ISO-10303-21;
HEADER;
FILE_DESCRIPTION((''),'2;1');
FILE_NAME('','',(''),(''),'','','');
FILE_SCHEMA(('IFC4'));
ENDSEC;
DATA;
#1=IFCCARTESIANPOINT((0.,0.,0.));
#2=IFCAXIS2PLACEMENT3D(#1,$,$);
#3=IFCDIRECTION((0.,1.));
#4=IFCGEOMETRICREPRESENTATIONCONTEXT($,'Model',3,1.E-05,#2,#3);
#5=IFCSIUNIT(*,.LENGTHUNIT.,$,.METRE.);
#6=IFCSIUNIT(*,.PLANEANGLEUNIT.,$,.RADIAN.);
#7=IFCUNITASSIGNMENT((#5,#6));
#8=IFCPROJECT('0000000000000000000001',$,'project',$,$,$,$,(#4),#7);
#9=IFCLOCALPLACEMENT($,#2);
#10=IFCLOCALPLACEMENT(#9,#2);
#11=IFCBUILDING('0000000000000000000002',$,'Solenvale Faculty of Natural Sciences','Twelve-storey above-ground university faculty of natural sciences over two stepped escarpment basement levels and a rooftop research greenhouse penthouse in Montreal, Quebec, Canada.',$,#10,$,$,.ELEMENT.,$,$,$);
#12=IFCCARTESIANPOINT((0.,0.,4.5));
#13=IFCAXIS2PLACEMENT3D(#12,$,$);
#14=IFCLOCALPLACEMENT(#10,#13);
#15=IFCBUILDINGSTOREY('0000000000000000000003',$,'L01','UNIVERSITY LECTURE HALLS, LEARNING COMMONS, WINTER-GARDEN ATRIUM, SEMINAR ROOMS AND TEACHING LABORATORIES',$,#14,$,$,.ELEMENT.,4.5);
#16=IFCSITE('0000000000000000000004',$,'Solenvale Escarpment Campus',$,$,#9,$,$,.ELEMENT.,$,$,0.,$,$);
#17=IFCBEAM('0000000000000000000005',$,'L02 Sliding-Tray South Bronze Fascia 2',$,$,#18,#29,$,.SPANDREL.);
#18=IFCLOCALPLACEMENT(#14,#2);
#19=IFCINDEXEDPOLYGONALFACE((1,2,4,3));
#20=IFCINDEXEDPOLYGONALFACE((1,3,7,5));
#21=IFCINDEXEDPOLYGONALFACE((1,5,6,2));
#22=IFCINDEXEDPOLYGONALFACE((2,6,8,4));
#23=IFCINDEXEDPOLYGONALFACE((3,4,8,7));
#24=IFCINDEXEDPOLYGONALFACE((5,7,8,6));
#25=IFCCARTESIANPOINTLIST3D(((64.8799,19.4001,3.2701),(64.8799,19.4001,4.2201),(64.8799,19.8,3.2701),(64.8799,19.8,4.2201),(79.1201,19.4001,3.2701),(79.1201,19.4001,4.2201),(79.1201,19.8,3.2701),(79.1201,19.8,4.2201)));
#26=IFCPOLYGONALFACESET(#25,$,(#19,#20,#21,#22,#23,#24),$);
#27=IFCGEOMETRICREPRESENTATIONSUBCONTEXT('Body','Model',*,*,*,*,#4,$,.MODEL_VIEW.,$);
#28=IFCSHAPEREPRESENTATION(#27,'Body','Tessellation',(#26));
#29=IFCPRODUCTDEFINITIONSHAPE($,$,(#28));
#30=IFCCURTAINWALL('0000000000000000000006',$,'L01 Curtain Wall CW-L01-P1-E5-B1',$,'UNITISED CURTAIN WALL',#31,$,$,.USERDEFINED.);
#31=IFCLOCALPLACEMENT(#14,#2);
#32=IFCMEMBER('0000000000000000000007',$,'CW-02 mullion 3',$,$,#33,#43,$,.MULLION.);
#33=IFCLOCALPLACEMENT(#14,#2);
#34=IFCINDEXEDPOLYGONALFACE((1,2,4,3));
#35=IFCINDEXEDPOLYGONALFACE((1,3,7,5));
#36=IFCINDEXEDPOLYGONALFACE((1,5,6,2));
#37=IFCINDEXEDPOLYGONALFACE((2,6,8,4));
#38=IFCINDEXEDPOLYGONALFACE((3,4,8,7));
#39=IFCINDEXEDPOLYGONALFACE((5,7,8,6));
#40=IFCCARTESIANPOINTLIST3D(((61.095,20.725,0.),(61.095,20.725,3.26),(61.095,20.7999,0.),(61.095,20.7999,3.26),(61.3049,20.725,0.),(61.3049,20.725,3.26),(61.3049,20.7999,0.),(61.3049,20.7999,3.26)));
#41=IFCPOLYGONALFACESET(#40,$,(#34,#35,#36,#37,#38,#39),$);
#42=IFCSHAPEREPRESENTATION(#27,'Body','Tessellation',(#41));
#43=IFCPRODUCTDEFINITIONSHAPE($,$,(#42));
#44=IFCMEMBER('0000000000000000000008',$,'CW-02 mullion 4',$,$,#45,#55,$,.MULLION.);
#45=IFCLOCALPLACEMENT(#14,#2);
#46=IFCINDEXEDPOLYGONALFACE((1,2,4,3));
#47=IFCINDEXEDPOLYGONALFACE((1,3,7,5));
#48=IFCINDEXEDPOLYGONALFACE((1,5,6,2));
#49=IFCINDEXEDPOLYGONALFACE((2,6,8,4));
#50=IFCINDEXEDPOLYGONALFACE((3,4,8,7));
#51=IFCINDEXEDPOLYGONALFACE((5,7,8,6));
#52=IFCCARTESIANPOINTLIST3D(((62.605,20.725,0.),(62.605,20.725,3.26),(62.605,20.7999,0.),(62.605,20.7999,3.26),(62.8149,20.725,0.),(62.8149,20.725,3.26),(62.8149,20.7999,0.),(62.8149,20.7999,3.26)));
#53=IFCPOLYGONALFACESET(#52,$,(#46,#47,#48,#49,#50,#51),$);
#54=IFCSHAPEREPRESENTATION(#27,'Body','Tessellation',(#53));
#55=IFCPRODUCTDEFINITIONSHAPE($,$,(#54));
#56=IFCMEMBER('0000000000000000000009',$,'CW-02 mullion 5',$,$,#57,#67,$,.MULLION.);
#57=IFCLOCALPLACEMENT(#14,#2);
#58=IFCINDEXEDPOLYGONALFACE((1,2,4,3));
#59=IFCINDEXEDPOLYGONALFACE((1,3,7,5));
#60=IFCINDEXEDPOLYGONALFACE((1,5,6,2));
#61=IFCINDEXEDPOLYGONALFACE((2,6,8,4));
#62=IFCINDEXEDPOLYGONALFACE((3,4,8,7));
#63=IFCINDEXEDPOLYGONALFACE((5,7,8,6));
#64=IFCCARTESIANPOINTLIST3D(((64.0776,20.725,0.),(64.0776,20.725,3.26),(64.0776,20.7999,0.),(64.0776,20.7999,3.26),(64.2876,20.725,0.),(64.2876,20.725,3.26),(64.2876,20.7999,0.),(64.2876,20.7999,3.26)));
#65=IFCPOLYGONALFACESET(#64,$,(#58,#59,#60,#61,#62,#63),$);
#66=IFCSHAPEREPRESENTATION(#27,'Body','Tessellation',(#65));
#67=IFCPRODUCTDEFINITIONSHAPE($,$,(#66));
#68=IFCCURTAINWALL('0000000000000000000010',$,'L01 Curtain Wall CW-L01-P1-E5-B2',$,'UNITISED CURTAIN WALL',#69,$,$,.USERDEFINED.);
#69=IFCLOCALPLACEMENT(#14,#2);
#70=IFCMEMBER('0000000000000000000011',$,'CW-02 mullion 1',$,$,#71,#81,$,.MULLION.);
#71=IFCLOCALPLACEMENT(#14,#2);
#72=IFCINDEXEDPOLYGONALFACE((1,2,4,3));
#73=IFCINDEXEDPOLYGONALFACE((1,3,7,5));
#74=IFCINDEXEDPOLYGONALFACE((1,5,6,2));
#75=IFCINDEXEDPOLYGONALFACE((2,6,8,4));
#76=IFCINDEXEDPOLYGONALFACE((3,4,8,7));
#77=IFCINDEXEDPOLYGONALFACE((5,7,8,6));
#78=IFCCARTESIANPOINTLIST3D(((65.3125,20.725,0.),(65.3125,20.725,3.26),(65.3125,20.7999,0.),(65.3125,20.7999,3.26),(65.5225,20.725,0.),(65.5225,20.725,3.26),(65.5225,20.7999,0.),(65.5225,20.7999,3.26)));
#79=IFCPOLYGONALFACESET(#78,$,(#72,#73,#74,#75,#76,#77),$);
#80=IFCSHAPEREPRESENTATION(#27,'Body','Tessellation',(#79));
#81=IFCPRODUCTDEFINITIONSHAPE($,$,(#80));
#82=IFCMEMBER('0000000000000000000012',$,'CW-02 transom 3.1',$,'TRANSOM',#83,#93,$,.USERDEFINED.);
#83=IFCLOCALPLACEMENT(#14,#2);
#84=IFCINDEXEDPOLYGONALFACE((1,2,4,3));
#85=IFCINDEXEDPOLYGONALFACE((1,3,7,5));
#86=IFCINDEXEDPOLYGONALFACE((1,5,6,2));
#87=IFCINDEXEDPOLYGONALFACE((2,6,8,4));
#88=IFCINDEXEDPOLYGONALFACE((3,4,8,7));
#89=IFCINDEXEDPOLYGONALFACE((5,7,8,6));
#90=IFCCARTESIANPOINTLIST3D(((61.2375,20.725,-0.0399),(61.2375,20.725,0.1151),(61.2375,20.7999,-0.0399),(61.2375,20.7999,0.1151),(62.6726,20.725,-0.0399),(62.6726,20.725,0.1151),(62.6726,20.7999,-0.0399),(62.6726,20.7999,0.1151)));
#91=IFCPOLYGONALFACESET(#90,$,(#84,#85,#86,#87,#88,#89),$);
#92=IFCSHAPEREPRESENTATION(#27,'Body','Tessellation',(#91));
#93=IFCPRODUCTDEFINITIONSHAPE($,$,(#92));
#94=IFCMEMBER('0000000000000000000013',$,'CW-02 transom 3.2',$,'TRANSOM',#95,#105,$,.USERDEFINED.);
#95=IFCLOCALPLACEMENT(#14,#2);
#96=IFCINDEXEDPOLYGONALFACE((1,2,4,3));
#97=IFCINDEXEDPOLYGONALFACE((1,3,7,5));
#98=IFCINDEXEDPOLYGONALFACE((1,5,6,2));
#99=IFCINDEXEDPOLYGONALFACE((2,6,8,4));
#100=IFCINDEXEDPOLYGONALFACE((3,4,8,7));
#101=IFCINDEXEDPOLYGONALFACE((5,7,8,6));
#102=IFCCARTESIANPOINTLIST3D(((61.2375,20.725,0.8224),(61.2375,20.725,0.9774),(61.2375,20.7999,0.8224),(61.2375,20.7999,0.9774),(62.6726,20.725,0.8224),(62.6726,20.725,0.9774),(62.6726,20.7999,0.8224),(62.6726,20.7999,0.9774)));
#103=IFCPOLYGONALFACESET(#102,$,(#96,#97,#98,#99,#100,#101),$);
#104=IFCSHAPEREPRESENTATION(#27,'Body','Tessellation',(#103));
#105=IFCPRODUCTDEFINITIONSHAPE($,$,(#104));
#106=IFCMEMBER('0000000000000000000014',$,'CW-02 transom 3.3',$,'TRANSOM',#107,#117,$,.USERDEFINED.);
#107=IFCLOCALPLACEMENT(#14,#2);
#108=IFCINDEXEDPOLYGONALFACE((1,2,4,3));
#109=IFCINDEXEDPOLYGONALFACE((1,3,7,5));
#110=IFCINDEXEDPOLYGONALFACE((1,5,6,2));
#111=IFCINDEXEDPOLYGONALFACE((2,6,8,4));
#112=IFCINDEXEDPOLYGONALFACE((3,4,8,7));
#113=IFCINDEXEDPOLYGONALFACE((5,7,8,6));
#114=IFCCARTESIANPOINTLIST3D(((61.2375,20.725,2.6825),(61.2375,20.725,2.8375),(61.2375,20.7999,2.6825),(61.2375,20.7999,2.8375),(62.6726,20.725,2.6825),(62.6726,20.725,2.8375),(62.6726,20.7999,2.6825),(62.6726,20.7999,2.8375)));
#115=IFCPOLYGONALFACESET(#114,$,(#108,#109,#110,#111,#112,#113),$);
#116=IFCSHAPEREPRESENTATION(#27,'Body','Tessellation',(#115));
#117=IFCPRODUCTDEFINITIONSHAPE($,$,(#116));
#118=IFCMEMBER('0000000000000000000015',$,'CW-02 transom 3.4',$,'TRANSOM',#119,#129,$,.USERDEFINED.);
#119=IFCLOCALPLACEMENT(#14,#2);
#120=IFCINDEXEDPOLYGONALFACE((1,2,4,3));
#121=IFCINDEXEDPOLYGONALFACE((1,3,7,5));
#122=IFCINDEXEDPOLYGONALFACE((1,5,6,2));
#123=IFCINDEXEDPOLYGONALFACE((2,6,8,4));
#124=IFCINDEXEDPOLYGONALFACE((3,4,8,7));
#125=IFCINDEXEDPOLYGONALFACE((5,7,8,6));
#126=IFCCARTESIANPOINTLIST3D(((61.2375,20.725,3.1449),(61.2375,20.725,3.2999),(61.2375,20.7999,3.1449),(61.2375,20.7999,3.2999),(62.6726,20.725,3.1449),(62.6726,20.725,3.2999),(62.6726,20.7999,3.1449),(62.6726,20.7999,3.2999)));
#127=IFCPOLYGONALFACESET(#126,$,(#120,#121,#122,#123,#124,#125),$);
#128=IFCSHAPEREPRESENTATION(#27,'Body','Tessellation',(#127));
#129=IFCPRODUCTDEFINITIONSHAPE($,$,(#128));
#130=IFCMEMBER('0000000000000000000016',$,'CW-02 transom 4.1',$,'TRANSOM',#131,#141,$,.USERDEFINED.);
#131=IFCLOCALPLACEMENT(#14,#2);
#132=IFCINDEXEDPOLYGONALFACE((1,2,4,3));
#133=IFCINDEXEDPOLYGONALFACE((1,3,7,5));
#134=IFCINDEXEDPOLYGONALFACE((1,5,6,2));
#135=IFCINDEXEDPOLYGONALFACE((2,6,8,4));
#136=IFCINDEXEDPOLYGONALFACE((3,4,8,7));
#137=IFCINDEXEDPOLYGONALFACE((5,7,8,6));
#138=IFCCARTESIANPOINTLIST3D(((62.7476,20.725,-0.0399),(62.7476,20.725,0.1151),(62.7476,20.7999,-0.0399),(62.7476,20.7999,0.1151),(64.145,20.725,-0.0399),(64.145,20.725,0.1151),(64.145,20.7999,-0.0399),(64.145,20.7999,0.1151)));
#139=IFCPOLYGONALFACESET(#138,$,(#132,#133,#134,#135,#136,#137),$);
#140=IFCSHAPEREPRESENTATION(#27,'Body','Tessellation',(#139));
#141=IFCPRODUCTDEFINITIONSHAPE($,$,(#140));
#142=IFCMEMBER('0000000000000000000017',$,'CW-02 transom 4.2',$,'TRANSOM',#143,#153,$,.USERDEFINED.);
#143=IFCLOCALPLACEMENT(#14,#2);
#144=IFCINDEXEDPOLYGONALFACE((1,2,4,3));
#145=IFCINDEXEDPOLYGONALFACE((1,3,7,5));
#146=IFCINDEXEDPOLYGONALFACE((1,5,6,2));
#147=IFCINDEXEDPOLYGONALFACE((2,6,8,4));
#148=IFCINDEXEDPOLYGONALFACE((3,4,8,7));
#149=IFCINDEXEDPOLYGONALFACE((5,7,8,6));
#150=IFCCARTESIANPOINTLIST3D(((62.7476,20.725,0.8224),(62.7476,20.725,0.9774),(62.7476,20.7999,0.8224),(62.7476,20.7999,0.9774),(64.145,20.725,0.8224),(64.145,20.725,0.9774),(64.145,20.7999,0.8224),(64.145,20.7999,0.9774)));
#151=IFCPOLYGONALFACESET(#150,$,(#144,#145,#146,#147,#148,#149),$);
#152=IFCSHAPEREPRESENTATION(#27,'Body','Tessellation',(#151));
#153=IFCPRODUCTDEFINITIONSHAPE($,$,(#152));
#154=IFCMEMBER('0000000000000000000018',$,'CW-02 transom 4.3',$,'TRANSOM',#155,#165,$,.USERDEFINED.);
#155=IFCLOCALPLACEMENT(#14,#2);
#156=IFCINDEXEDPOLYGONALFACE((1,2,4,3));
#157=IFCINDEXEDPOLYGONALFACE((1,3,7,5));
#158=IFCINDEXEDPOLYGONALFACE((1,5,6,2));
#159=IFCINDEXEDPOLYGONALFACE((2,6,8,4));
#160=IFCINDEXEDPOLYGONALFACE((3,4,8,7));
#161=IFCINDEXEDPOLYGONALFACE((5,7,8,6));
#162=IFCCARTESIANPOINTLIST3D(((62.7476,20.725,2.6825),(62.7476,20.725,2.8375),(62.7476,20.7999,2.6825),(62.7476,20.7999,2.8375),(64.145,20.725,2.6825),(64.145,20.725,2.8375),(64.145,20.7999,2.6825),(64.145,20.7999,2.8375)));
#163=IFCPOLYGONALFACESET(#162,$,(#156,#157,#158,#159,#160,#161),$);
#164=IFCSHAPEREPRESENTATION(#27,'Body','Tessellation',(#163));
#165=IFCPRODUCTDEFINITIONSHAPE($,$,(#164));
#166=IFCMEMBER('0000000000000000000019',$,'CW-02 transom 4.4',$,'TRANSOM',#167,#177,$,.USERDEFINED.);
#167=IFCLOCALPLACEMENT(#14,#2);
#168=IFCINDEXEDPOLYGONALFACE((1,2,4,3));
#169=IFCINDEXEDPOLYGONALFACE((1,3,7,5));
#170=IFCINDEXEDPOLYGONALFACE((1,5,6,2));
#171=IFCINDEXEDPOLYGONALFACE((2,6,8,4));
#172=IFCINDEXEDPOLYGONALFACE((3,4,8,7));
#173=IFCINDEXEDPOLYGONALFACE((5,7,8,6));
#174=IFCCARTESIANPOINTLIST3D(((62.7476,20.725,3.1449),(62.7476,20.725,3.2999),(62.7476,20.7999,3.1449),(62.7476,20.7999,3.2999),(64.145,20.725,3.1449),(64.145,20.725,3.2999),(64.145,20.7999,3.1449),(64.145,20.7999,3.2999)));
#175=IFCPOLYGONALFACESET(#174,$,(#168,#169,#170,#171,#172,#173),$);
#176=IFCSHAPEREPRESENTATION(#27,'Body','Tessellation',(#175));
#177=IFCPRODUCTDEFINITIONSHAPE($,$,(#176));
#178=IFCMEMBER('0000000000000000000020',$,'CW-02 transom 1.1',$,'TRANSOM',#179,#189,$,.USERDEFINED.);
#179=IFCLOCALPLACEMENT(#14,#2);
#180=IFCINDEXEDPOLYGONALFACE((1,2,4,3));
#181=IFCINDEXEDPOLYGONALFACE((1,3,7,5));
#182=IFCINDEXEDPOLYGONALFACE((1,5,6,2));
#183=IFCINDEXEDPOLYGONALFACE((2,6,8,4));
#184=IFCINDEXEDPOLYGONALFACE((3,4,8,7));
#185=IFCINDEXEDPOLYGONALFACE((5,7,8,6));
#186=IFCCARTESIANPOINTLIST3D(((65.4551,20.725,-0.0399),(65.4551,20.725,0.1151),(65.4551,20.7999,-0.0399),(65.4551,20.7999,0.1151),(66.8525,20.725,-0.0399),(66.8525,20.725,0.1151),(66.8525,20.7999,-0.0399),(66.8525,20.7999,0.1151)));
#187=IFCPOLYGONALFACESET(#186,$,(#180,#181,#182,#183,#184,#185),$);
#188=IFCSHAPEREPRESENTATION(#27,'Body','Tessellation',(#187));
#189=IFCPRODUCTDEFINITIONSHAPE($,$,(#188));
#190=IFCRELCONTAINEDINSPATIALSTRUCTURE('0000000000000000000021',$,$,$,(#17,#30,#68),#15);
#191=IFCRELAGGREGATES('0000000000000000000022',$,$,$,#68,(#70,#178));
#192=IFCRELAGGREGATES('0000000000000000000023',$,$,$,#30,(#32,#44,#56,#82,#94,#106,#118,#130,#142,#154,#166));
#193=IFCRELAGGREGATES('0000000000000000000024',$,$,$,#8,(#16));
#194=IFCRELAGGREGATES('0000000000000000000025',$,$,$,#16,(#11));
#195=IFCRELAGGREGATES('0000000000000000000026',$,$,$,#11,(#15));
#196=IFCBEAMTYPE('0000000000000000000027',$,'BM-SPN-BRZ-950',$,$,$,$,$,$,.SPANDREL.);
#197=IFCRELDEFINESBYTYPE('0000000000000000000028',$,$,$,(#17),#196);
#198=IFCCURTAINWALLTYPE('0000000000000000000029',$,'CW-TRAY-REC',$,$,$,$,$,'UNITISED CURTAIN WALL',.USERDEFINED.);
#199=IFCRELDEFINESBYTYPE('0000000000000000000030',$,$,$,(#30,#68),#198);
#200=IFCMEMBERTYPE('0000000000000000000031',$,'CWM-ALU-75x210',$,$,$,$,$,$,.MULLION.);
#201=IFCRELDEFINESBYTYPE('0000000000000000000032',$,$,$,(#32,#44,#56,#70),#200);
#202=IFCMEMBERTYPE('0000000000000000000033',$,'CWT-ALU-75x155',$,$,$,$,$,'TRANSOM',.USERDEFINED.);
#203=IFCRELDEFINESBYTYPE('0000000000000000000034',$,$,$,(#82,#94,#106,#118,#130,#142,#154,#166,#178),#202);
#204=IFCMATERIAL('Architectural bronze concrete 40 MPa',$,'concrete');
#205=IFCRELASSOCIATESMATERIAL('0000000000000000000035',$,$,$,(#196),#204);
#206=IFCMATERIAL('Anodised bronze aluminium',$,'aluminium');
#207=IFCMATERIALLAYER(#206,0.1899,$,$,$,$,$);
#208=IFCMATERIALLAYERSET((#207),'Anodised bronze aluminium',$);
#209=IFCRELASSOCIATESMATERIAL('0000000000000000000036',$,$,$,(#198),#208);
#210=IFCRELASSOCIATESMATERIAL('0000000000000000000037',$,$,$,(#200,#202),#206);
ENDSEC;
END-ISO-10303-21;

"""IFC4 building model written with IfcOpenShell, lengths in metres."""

from ifc_helpers import new_model, si_unit, direction, frame, origin, origin_2d, place, context, subcontext, project, spatial, rectangle, extrude, material, layer, layer_set, material_profile, profile_set, type_object, element, aggregate, save


model = new_model("IFC4")

# Units and contexts
model_context = context("Model", 3, precision=1e-05, world=origin(), true_north=direction((0.0, 1.0)))
body_context = subcontext(model_context, "Body", "Model", "MODEL_VIEW")
ifc_project = project(units=[si_unit("LENGTHUNIT", "METRE"), si_unit("PLANEANGLEUNIT", "RADIAN")], contexts=[model_context])

# Site, building, storey
site_placement = place(None, origin())
site = spatial("IfcSite", under=ifc_project, at=site_placement, Name="Solenvale Escarpment Campus", CompositionType="ELEMENT", RefElevation=0.0)
building_placement = place(site_placement, origin())
building = spatial("IfcBuilding", under=site, at=building_placement, Name="Solenvale Faculty of Natural Sciences", Description="Twelve-storey above-ground university faculty of natural sciences over two stepped escarpment basement levels and a rooftop research greenhouse penthouse in Montreal, Quebec, Canada.", CompositionType="ELEMENT")
storey_placement = place(building_placement, frame((0.0, 0.0, 4.5)))
storey = spatial("IfcBuildingStorey", under=building, at=storey_placement, Name="L01", Description="UNIVERSITY LECTURE HALLS, LEARNING COMMONS, WINTER-GARDEN ATRIUM, SEMINAR ROOMS AND TEACHING LABORATORIES", CompositionType="ELEMENT", Elevation=4.5)

# Beam
ifc_material_1 = material(Name="Architectural bronze concrete 40 MPa", Category="concrete")
ifc_material_profile_1 = material_profile(ifc_material_1, rectangle(XDim=0.3999, YDim=0.95, at=origin_2d()), Name="RC-SPN-400x950")
ifc_profile_set_1 = profile_set([ifc_material_profile_1], Name="Architectural bronze concrete 40 MPa")
beam_type = type_object("IfcBeamType", Name="BM-SPN-BRZ-950", PredefinedType="SPANDREL", material=ifc_profile_set_1)
beam_placement = place(storey_placement, frame((64.8799, 19.6001, 3.7451), z_axis=(1.0, 0.0, 0.0), x_axis=(0.0, 1.0, 0.0)))
element("IfcBeam", 1, at=beam_placement, inside=storey, type_object=beam_type, Name="L02 Sliding-Tray South Bronze Fascia 2", PredefinedType="SPANDREL", context=body_context, shape_type="SweptSolid", body=[
    extrude(rectangle(XDim=0.3999, YDim=0.95, at=origin_2d()), origin(), (0.0, 0.0, 1.0), 14.2402),
])

# Curtain wall, members
ifc_material_2 = material(Name="Anodised bronze aluminium", Category="aluminium")
ifc_layer_1 = layer(ifc_material_2, 0.1899)
ifc_layer_set_1 = layer_set([ifc_layer_1], Name="Anodised bronze aluminium")
curtain_wall_type = type_object("IfcCurtainWallType", Name="CW-TRAY-REC", ElementType="UNITISED CURTAIN WALL", PredefinedType="USERDEFINED", material=ifc_layer_set_1)
curtain_wall_1_placement = place(storey_placement, origin())
curtain_wall_1 = element("IfcCurtainWall", 2, at=curtain_wall_1_placement, inside=storey, type_object=curtain_wall_type, Name="L01 Curtain Wall CW-L01-P1-E5-B1", ObjectType="UNITISED CURTAIN WALL", PredefinedType="USERDEFINED")
ifc_material_profile_2 = material_profile(ifc_material_2, rectangle(XDim=0.075, YDim=0.21, at=origin_2d()), Name="ALU-MUL-75x210")
ifc_profile_set_2 = profile_set([ifc_material_profile_2], Name="Anodised bronze aluminium")
member_type_1 = type_object("IfcMemberType", Name="CWM-ALU-75x210", PredefinedType="MULLION", material=ifc_profile_set_2)
member_1_placement = place(storey_placement, frame((61.2, 20.7625, 0.0), z_axis=(0.0, 0.0, 1.0), x_axis=(0.0, 1.0, 0.0)))
member_1 = element("IfcMember", 3, at=member_1_placement, type_object=member_type_1, Name="CW-02 mullion 3", PredefinedType="MULLION", context=body_context, shape_type="SweptSolid", body=[
    extrude(rectangle(XDim=0.075, YDim=0.21, at=origin_2d()), origin(), (0.0, 0.0, 1.0), 3.26),
])
member_2_placement = place(storey_placement, frame((62.71, 20.7625, 0.0), z_axis=(0.0, 0.0, 1.0), x_axis=(0.0, 1.0, 0.0)))
member_2 = element("IfcMember", 4, at=member_2_placement, type_object=member_type_1, Name="CW-02 mullion 4", PredefinedType="MULLION", context=body_context, shape_type="SweptSolid", body=[
    extrude(rectangle(XDim=0.075, YDim=0.21, at=origin_2d()), origin(), (0.0, 0.0, 1.0), 3.26),
])
member_3_placement = place(storey_placement, frame((64.1826, 20.7625, 0.0), z_axis=(0.0, 0.0, 1.0), x_axis=(0.0, 1.0, 0.0)))
member_3 = element("IfcMember", 5, at=member_3_placement, type_object=member_type_1, Name="CW-02 mullion 5", PredefinedType="MULLION", context=body_context, shape_type="SweptSolid", body=[
    extrude(rectangle(XDim=0.075, YDim=0.21, at=origin_2d()), origin(), (0.0, 0.0, 1.0), 3.26),
])

# Curtain wall, member
curtain_wall_2_placement = place(storey_placement, origin())
curtain_wall_2 = element("IfcCurtainWall", 6, at=curtain_wall_2_placement, inside=storey, type_object=curtain_wall_type, Name="L01 Curtain Wall CW-L01-P1-E5-B2", ObjectType="UNITISED CURTAIN WALL", PredefinedType="USERDEFINED")
member_4_placement = place(storey_placement, frame((65.4175, 20.7625, 0.0), z_axis=(0.0, 0.0, 1.0), x_axis=(0.0, 1.0, 0.0)))
member_4 = element("IfcMember", 7, at=member_4_placement, type_object=member_type_1, Name="CW-02 mullion 1", PredefinedType="MULLION", context=body_context, shape_type="SweptSolid", body=[
    extrude(rectangle(XDim=0.075, YDim=0.21, at=origin_2d()), origin(), (0.0, 0.0, 1.0), 3.26),
])

# Members
ifc_material_profile_3 = material_profile(ifc_material_2, rectangle(XDim=0.075, YDim=0.155, at=origin_2d()), Name="ALU-TRN-75x155")
ifc_profile_set_3 = profile_set([ifc_material_profile_3], Name="Anodised bronze aluminium")
member_type_2 = type_object("IfcMemberType", Name="CWT-ALU-75x155", ElementType="TRANSOM", PredefinedType="USERDEFINED", material=ifc_profile_set_3)
member_5_placement = place(storey_placement, frame((61.2375, 20.7625, 0.0376), z_axis=(1.0, 0.0, 0.0), x_axis=(0.0, 1.0, 0.0)))
member_5 = element("IfcMember", 8, at=member_5_placement, type_object=member_type_2, Name="CW-02 transom 3.1", ObjectType="TRANSOM", PredefinedType="USERDEFINED", context=body_context, shape_type="SweptSolid", body=[
    extrude(rectangle(XDim=0.075, YDim=0.155, at=origin_2d()), origin(), (0.0, 0.0, 1.0), 1.4351),
])
member_6_placement = place(storey_placement, frame((61.2375, 20.7625, 0.8999), z_axis=(1.0, 0.0, 0.0), x_axis=(0.0, 1.0, 0.0)))
member_6 = element("IfcMember", 9, at=member_6_placement, type_object=member_type_2, Name="CW-02 transom 3.2", ObjectType="TRANSOM", PredefinedType="USERDEFINED", context=body_context, shape_type="SweptSolid", body=[
    extrude(rectangle(XDim=0.075, YDim=0.155, at=origin_2d()), origin(), (0.0, 0.0, 1.0), 1.4351),
])
member_7_placement = place(storey_placement, frame((61.2375, 20.7625, 2.76), z_axis=(1.0, 0.0, 0.0), x_axis=(0.0, 1.0, 0.0)))
member_7 = element("IfcMember", 10, at=member_7_placement, type_object=member_type_2, Name="CW-02 transom 3.3", ObjectType="TRANSOM", PredefinedType="USERDEFINED", context=body_context, shape_type="SweptSolid", body=[
    extrude(rectangle(XDim=0.075, YDim=0.155, at=origin_2d()), origin(), (0.0, 0.0, 1.0), 1.4351),
])
member_8_placement = place(storey_placement, frame((61.2375, 20.7625, 3.2224), z_axis=(1.0, 0.0, 0.0), x_axis=(0.0, 1.0, 0.0)))
member_8 = element("IfcMember", 11, at=member_8_placement, type_object=member_type_2, Name="CW-02 transom 3.4", ObjectType="TRANSOM", PredefinedType="USERDEFINED", context=body_context, shape_type="SweptSolid", body=[
    extrude(rectangle(XDim=0.075, YDim=0.155, at=origin_2d()), origin(), (0.0, 0.0, 1.0), 1.4351),
])
member_9_placement = place(storey_placement, frame((62.7476, 20.7625, 0.0376), z_axis=(1.0, 0.0, 0.0), x_axis=(0.0, 1.0, 0.0)))
member_9 = element("IfcMember", 12, at=member_9_placement, type_object=member_type_2, Name="CW-02 transom 4.1", ObjectType="TRANSOM", PredefinedType="USERDEFINED", context=body_context, shape_type="SweptSolid", body=[
    extrude(rectangle(XDim=0.075, YDim=0.155, at=origin_2d()), origin(), (0.0, 0.0, 1.0), 1.3975),
])
member_10_placement = place(storey_placement, frame((62.7476, 20.7625, 0.8999), z_axis=(1.0, 0.0, 0.0), x_axis=(0.0, 1.0, 0.0)))
member_10 = element("IfcMember", 13, at=member_10_placement, type_object=member_type_2, Name="CW-02 transom 4.2", ObjectType="TRANSOM", PredefinedType="USERDEFINED", context=body_context, shape_type="SweptSolid", body=[
    extrude(rectangle(XDim=0.075, YDim=0.155, at=origin_2d()), origin(), (0.0, 0.0, 1.0), 1.3975),
])
member_11_placement = place(storey_placement, frame((62.7476, 20.7625, 2.76), z_axis=(1.0, 0.0, 0.0), x_axis=(0.0, 1.0, 0.0)))
member_11 = element("IfcMember", 14, at=member_11_placement, type_object=member_type_2, Name="CW-02 transom 4.3", ObjectType="TRANSOM", PredefinedType="USERDEFINED", context=body_context, shape_type="SweptSolid", body=[
    extrude(rectangle(XDim=0.075, YDim=0.155, at=origin_2d()), origin(), (0.0, 0.0, 1.0), 1.3975),
])
member_12_placement = place(storey_placement, frame((62.7476, 20.7625, 3.2224), z_axis=(1.0, 0.0, 0.0), x_axis=(0.0, 1.0, 0.0)))
member_12 = element("IfcMember", 15, at=member_12_placement, type_object=member_type_2, Name="CW-02 transom 4.4", ObjectType="TRANSOM", PredefinedType="USERDEFINED", context=body_context, shape_type="SweptSolid", body=[
    extrude(rectangle(XDim=0.075, YDim=0.155, at=origin_2d()), origin(), (0.0, 0.0, 1.0), 1.3975),
])
member_13_placement = place(storey_placement, frame((65.4551, 20.7625, 0.0376), z_axis=(1.0, 0.0, 0.0), x_axis=(0.0, 1.0, 0.0)))
member_13 = element("IfcMember", 16, at=member_13_placement, type_object=member_type_2, Name="CW-02 transom 1.1", ObjectType="TRANSOM", PredefinedType="USERDEFINED", context=body_context, shape_type="SweptSolid", body=[
    extrude(rectangle(XDim=0.075, YDim=0.155, at=origin_2d()), origin(), (0.0, 0.0, 1.0), 1.3975),
])
aggregate(curtain_wall_2, [member_4, member_13])

aggregate(curtain_wall_1, [member_1, member_2, member_3, member_5, member_6, member_7, member_8, member_9, member_10, member_11, member_12])

save(model, "model.ifc")
